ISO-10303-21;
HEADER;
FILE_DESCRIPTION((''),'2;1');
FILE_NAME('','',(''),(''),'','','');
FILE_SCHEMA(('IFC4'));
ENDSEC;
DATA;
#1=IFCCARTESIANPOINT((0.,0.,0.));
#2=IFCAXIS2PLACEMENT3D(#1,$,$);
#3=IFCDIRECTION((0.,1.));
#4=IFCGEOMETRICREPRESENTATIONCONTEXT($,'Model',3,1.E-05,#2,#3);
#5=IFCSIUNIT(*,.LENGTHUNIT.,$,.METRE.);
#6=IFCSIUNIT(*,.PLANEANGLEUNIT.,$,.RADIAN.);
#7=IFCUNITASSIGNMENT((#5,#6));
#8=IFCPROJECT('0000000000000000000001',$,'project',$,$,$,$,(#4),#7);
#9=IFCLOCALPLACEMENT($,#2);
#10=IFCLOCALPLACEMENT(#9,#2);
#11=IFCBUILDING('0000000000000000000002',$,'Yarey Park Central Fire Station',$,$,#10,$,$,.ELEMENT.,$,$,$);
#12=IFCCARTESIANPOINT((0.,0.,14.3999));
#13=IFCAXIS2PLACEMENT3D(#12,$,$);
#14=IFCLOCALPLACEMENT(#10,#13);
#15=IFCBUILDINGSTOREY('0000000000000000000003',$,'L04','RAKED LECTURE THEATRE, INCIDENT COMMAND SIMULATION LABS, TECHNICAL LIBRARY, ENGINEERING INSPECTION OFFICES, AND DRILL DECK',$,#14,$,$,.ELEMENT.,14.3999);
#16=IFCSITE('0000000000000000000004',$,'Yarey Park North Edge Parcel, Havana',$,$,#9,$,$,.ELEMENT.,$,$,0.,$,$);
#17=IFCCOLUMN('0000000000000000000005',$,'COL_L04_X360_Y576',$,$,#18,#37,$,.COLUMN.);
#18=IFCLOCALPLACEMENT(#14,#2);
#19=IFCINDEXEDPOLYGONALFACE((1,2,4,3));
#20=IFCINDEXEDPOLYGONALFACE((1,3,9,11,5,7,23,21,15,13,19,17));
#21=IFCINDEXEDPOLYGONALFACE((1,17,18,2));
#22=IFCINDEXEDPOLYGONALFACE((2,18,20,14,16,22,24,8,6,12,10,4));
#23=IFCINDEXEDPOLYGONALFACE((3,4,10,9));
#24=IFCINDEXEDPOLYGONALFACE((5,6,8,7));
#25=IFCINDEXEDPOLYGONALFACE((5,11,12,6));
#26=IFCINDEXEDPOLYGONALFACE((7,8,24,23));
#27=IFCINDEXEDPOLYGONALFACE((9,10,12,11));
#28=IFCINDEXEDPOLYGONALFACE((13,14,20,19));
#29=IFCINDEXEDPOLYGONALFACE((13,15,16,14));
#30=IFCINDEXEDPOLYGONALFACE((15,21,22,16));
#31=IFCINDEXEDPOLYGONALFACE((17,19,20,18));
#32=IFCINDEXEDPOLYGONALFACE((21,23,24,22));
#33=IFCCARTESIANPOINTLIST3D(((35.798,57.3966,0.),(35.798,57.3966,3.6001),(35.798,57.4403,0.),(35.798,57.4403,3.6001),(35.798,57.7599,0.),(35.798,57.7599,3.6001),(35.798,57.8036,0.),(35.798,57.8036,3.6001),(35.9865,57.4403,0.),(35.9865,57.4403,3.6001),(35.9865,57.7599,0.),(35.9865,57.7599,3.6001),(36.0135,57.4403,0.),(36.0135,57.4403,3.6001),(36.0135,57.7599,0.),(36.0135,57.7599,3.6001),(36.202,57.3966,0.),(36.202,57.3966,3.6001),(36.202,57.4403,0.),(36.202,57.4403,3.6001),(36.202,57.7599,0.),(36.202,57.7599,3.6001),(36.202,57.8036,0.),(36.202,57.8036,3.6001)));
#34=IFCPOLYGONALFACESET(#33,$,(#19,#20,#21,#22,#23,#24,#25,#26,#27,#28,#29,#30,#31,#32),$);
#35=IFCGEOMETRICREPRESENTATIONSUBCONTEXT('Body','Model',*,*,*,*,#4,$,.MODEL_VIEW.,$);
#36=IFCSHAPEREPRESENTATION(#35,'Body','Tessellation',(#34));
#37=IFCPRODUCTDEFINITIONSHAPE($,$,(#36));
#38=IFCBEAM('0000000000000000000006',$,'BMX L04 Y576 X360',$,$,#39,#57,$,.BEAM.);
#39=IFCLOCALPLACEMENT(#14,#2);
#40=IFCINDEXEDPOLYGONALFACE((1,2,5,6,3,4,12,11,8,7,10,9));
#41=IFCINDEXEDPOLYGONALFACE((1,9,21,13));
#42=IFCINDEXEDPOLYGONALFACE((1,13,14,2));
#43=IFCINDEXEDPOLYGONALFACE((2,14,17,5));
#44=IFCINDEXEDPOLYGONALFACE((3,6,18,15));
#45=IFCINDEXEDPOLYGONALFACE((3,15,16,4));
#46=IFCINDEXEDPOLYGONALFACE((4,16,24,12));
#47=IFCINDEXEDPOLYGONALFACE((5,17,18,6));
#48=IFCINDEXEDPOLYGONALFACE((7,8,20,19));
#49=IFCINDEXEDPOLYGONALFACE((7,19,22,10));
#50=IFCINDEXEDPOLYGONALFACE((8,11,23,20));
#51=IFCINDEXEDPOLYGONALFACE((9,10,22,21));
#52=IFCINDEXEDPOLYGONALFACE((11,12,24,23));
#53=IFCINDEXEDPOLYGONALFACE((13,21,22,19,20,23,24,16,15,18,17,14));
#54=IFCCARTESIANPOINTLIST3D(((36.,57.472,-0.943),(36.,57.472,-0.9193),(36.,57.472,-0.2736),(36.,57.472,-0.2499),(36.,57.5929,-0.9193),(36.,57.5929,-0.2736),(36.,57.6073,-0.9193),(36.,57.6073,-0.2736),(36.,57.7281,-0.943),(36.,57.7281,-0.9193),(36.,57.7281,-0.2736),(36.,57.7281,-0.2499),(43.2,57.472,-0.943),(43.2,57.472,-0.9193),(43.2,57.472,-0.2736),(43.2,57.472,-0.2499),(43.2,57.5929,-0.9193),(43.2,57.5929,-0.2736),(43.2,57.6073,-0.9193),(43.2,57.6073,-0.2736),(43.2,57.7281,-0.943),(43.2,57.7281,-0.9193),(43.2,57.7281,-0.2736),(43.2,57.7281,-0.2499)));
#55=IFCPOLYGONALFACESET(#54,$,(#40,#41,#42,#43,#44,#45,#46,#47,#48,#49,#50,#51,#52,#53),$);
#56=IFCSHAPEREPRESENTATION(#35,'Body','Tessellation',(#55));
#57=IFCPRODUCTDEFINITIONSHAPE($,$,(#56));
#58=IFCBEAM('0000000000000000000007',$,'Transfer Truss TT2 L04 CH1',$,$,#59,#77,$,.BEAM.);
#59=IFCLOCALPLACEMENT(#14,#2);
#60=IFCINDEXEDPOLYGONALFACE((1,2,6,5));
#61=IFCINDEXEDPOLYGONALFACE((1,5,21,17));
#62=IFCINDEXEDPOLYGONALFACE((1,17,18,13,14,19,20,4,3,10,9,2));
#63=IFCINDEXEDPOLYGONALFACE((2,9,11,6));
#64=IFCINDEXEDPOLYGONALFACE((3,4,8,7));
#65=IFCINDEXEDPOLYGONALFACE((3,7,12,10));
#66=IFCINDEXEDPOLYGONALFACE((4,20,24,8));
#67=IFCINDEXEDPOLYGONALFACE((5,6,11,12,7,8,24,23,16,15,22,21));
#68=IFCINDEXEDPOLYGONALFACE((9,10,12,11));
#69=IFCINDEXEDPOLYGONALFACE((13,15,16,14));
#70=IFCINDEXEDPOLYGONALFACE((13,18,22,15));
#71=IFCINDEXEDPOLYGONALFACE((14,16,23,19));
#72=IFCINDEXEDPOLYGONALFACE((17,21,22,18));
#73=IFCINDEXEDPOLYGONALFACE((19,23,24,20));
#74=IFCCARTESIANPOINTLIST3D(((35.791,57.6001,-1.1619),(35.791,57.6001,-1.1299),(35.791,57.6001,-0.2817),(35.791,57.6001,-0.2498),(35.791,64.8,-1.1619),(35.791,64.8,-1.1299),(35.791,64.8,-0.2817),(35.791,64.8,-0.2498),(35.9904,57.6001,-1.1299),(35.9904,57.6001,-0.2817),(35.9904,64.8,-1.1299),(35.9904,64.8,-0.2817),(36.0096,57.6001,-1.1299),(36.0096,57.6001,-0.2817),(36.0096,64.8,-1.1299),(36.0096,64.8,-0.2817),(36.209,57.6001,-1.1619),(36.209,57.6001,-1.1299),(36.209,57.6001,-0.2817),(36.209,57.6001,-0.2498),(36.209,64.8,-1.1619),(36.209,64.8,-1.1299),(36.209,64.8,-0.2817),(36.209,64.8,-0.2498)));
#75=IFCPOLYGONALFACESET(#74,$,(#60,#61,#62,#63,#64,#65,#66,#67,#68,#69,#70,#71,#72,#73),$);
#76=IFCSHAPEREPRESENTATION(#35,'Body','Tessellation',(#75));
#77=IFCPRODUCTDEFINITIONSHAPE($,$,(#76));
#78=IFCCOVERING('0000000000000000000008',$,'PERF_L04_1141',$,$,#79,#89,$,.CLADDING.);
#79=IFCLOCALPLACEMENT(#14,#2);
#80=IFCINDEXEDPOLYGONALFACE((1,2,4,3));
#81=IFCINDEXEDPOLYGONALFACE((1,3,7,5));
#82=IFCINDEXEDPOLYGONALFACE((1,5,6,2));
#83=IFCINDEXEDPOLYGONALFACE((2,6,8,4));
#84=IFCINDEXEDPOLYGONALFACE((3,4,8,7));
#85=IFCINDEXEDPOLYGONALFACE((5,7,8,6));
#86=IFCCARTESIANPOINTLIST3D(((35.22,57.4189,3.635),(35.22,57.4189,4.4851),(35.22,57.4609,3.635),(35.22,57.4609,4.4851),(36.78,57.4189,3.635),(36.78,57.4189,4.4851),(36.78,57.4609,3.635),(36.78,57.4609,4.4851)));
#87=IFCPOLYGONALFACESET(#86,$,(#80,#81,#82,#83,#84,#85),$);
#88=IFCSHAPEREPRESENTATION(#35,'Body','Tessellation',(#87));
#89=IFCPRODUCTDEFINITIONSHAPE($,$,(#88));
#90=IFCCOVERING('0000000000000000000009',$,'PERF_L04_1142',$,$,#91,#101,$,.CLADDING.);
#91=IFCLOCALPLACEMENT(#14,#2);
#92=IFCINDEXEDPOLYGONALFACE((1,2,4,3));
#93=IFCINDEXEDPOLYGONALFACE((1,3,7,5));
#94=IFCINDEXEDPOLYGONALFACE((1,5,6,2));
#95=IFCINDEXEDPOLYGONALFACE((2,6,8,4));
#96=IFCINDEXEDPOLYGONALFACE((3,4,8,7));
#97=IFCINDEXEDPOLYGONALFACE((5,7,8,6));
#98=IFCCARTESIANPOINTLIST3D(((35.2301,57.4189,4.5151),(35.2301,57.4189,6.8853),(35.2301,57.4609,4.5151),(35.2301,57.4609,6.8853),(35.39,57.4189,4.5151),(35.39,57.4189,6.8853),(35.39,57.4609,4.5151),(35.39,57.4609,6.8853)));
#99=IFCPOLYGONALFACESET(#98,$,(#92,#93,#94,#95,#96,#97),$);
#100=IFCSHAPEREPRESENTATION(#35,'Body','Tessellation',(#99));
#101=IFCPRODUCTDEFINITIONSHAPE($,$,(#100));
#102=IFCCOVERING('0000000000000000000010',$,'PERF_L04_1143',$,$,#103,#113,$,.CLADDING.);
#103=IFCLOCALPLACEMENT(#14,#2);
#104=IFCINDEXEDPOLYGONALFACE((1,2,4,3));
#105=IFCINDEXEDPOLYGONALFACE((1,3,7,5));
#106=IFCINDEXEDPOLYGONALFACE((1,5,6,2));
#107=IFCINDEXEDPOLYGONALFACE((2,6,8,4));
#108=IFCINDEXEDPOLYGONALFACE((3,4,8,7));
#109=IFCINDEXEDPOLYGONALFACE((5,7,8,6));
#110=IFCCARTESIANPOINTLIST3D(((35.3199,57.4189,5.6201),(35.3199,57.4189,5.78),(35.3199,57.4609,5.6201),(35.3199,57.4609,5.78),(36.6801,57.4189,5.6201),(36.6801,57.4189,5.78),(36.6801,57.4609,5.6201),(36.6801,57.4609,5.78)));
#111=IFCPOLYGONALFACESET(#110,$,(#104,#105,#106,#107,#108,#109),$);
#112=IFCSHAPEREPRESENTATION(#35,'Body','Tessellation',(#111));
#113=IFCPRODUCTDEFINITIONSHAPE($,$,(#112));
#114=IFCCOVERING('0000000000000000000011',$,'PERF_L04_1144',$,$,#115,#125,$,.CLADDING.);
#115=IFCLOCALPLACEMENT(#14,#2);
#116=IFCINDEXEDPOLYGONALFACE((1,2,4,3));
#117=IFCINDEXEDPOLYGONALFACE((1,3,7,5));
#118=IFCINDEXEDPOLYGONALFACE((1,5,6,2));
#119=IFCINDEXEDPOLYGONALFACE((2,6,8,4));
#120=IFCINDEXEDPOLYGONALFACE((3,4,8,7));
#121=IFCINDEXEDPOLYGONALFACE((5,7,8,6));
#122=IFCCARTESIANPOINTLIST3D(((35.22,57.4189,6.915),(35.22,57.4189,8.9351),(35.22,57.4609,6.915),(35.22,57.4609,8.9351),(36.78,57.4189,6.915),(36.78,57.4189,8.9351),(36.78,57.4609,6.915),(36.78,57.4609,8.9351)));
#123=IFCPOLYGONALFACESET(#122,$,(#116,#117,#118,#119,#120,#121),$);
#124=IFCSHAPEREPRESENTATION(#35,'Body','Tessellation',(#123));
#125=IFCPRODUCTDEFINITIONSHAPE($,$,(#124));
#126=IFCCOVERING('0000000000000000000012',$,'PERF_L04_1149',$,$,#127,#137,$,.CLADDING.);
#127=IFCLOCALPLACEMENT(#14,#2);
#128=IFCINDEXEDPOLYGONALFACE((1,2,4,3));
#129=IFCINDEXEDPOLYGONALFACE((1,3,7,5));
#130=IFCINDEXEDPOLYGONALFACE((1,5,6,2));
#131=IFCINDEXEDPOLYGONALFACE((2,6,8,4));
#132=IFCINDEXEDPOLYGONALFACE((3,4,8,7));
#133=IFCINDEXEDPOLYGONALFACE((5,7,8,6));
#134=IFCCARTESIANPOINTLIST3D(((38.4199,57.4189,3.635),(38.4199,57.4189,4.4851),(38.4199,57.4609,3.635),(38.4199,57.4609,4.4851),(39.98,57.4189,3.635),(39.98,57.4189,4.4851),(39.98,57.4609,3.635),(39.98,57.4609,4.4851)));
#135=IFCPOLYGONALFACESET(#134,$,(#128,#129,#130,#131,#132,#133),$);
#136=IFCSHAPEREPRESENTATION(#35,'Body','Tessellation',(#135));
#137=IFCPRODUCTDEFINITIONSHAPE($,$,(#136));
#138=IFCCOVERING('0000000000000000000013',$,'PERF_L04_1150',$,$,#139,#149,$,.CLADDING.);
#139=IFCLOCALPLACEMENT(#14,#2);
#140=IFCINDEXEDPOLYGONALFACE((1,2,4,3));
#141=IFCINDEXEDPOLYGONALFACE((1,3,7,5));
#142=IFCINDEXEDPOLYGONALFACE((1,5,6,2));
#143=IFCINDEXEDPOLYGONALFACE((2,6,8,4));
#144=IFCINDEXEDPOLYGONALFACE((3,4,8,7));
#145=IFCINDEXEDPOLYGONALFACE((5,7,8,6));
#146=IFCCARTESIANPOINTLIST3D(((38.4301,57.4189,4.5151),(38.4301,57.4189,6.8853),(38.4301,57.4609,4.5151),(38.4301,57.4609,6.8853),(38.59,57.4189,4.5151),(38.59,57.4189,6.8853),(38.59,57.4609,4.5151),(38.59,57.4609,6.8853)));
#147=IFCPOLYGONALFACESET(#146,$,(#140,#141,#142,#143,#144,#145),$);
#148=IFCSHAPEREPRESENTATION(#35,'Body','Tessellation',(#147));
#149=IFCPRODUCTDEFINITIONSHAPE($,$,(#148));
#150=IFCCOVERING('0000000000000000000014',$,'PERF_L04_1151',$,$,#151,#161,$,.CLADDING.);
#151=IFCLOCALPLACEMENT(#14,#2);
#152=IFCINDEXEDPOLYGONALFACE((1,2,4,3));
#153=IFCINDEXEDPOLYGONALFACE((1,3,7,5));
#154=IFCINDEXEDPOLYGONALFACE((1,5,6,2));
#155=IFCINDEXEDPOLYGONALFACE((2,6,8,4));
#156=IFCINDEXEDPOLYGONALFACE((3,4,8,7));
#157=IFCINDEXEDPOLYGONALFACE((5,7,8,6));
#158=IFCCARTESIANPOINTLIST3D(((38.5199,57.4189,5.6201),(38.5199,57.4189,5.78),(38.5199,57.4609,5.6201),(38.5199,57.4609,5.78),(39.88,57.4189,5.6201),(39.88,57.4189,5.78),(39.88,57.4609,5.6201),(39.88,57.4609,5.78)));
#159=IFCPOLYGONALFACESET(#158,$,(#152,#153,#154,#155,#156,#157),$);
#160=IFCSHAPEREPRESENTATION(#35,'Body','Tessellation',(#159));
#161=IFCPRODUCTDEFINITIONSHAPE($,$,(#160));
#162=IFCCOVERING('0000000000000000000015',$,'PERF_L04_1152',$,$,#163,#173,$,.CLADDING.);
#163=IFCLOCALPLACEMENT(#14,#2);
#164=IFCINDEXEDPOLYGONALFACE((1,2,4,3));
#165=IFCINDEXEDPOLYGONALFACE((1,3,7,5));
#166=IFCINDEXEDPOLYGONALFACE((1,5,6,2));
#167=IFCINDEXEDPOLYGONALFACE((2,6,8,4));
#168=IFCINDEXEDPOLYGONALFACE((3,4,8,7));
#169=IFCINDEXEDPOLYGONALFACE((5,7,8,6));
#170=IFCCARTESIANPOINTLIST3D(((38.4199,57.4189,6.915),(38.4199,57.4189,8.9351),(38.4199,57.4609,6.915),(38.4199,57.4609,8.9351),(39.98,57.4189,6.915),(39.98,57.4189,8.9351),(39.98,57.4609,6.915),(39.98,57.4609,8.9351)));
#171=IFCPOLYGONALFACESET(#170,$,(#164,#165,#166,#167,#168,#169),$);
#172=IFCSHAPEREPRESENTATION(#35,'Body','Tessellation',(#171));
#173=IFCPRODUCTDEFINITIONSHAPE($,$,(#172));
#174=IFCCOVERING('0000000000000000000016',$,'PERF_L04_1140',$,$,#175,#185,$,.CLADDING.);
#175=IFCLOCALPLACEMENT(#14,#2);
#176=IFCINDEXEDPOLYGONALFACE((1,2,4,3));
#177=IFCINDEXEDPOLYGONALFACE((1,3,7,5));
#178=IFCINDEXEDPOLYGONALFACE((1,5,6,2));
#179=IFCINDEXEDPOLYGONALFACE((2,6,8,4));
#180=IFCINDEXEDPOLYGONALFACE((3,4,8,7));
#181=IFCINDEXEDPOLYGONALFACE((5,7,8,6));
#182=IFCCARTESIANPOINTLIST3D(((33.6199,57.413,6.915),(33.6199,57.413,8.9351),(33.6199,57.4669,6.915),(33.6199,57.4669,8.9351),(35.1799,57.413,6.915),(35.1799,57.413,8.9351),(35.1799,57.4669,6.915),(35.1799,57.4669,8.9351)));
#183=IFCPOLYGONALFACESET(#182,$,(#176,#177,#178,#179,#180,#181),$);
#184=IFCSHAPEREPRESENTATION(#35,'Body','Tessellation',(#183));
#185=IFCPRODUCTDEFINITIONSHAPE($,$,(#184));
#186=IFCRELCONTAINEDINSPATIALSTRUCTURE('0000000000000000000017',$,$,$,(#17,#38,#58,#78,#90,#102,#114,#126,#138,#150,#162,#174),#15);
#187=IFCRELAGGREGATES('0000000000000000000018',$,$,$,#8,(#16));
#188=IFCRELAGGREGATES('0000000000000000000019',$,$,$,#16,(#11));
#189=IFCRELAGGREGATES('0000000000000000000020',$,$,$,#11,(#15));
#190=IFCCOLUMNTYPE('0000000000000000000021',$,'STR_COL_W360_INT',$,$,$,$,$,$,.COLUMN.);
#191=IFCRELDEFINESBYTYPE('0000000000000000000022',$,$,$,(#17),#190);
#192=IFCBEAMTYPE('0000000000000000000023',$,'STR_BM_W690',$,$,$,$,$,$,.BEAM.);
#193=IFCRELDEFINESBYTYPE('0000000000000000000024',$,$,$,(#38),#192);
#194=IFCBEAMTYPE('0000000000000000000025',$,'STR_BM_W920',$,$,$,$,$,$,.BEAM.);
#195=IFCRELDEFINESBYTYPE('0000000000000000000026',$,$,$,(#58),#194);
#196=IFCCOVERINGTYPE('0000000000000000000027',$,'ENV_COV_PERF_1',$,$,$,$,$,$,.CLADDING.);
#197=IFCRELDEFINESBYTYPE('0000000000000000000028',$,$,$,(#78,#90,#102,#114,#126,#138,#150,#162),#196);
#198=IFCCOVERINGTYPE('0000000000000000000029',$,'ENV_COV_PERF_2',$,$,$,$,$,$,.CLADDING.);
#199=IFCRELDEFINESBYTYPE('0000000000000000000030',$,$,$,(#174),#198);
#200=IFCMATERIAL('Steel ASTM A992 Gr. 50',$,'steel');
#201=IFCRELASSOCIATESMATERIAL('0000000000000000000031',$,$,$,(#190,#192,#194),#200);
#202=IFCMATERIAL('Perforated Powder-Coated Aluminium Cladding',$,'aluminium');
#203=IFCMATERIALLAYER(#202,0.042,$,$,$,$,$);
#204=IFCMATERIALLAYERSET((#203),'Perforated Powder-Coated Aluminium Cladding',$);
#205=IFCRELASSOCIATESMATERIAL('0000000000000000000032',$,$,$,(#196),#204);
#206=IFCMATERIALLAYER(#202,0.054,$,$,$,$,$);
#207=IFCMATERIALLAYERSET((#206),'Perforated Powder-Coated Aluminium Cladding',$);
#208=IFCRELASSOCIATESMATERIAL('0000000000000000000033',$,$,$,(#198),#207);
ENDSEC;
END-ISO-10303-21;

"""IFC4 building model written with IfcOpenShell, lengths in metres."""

from ifc_helpers import new_model, si_unit, direction, frame, origin, origin_2d, place, context, subcontext, project, spatial, rectangle, i_section, extrude, material, layer, layer_set, material_profile, profile_set, type_object, element, save


model = new_model("IFC4")

# Units and contexts
model_context = context("Model", 3, precision=1e-05, world=origin(), true_north=direction((0.0, 1.0)))
body_context = subcontext(model_context, "Body", "Model", "MODEL_VIEW")
ifc_project = project(units=[si_unit("LENGTHUNIT", "METRE"), si_unit("PLANEANGLEUNIT", "RADIAN")], contexts=[model_context])

# Site, building, storey
site_placement = place(None, origin())
site = spatial("IfcSite", under=ifc_project, at=site_placement, Name="Yarey Park North Edge Parcel, Havana", CompositionType="ELEMENT", RefElevation=0.0)
building_placement = place(site_placement, origin())
building = spatial("IfcBuilding", under=site, at=building_placement, Name="Yarey Park Central Fire Station", CompositionType="ELEMENT")
storey_placement = place(building_placement, frame((0.0, 0.0, 14.3999)))
storey = spatial("IfcBuildingStorey", under=building, at=storey_placement, Name="L04", Description="RAKED LECTURE THEATRE, INCIDENT COMMAND SIMULATION LABS, TECHNICAL LIBRARY, ENGINEERING INSPECTION OFFICES, AND DRILL DECK", CompositionType="ELEMENT", Elevation=14.3999)

# Column
ifc_material_1 = material(Name="Steel ASTM A992 Gr. 50", Category="steel")
ifc_material_profile_1 = material_profile(ifc_material_1, i_section(OverallWidth=0.4041, OverallDepth=0.407, WebThickness=0.0271, FlangeThickness=0.0437, at=origin_2d()), Name="W360x347")
ifc_profile_set_1 = profile_set([ifc_material_profile_1], Name="Steel ASTM A992 Gr. 50")
column_type = type_object("IfcColumnType", Name="STR_COL_W360_INT", PredefinedType="COLUMN", material=ifc_profile_set_1)
column_placement = place(storey_placement, frame((36.0, 57.6001, 0.0), z_axis=(0.0, 0.0, 1.0), x_axis=(1.0, 0.0, 0.0)))
element("IfcColumn", 1, at=column_placement, inside=storey, type_object=column_type, Name="COL_L04_X360_Y576", PredefinedType="COLUMN", context=body_context, shape_type="SweptSolid", body=[
    extrude(i_section(OverallWidth=0.4041, OverallDepth=0.407, WebThickness=0.0271, FlangeThickness=0.0437, at=origin_2d()), origin(), (0.0, 0.0, 1.0), 3.6001),
])

# Beams
ifc_material_profile_2 = material_profile(ifc_material_1, i_section(OverallWidth=0.2561, OverallDepth=0.6931, WebThickness=0.0144, FlangeThickness=0.0237, at=origin_2d()), Name="W690x170")
ifc_profile_set_2 = profile_set([ifc_material_profile_2], Name="Steel ASTM A992 Gr. 50")
beam_type_1 = type_object("IfcBeamType", Name="STR_BM_W690", PredefinedType="BEAM", material=ifc_profile_set_2)
beam_1_placement = place(storey_placement, frame((36.0, 57.6001, -0.5964), z_axis=(1.0, 0.0, 0.0), x_axis=(0.0, 1.0, 0.0)))
element("IfcBeam", 2, at=beam_1_placement, inside=storey, type_object=beam_type_1, Name="BMX L04 Y576 X360", PredefinedType="BEAM", context=body_context, shape_type="SweptSolid", body=[
    extrude(i_section(OverallWidth=0.2561, OverallDepth=0.6931, WebThickness=0.0144, FlangeThickness=0.0237, at=origin_2d()), origin(), (0.0, 0.0, 1.0), 7.2),
])
ifc_material_profile_3 = material_profile(ifc_material_1, i_section(OverallWidth=0.418, OverallDepth=0.9121, WebThickness=0.0193, FlangeThickness=0.032, at=origin_2d()), Name="W920x342")
ifc_profile_set_3 = profile_set([ifc_material_profile_3], Name="Steel ASTM A992 Gr. 50")
beam_type_2 = type_object("IfcBeamType", Name="STR_BM_W920", PredefinedType="BEAM", material=ifc_profile_set_3)
beam_2_placement = place(storey_placement, frame((36.0, 57.6001, -0.7058), z_axis=(0.0, 1.0, 0.0), x_axis=(-1.0, 0.0, 0.0)))
element("IfcBeam", 3, at=beam_2_placement, inside=storey, type_object=beam_type_2, Name="Transfer Truss TT2 L04 CH1", PredefinedType="BEAM", context=body_context, shape_type="SweptSolid", body=[
    extrude(i_section(OverallWidth=0.418, OverallDepth=0.9121, WebThickness=0.0193, FlangeThickness=0.032, at=origin_2d()), origin(), (0.0, 0.0, 1.0), 7.2),
])

# Coverings
ifc_material_2 = material(Name="Perforated Powder-Coated Aluminium Cladding", Category="aluminium")
ifc_layer_1 = layer(ifc_material_2, 0.042)
ifc_layer_set_1 = layer_set([ifc_layer_1], Name="Perforated Powder-Coated Aluminium Cladding")
covering_type_1 = type_object("IfcCoveringType", Name="ENV_COV_PERF_1", PredefinedType="CLADDING", material=ifc_layer_set_1)
covering_1_placement = place(storey_placement, frame((36.0, 57.4399, 3.635), z_axis=(0.0, 0.0, 1.0), x_axis=(1.0, 0.0, 0.0)))
element("IfcCovering", 4, at=covering_1_placement, inside=storey, type_object=covering_type_1, Name="PERF_L04_1141", PredefinedType="CLADDING", context=body_context, shape_type="SweptSolid", body=[
    extrude(rectangle(XDim=1.5601, YDim=0.042, at=origin_2d()), origin(), (0.0, 0.0, 1.0), 0.8501),
])
covering_2_placement = place(storey_placement, frame((35.3101, 57.4399, 4.5151), z_axis=(0.0, 0.0, 1.0), x_axis=(1.0, 0.0, 0.0)))
element("IfcCovering", 5, at=covering_2_placement, inside=storey, type_object=covering_type_1, Name="PERF_L04_1142", PredefinedType="CLADDING", context=body_context, shape_type="SweptSolid", body=[
    extrude(rectangle(XDim=0.1599, YDim=0.042, at=origin_2d()), origin(), (0.0, 0.0, 1.0), 2.3701),
])
covering_3_placement = place(storey_placement, frame((36.0, 57.4399, 5.6201), z_axis=(0.0, 0.0, 1.0), x_axis=(1.0, 0.0, 0.0)))
element("IfcCovering", 6, at=covering_3_placement, inside=storey, type_object=covering_type_1, Name="PERF_L04_1143", PredefinedType="CLADDING", context=body_context, shape_type="SweptSolid", body=[
    extrude(rectangle(XDim=1.3601, YDim=0.042, at=origin_2d()), origin(), (0.0, 0.0, 1.0), 0.1599),
])
covering_4_placement = place(storey_placement, frame((36.0, 57.4399, 6.915), z_axis=(0.0, 0.0, 1.0), x_axis=(1.0, 0.0, 0.0)))
element("IfcCovering", 7, at=covering_4_placement, inside=storey, type_object=covering_type_1, Name="PERF_L04_1144", PredefinedType="CLADDING", context=body_context, shape_type="SweptSolid", body=[
    extrude(rectangle(XDim=1.5601, YDim=0.042, at=origin_2d()), origin(), (0.0, 0.0, 1.0), 2.02),
])
covering_5_placement = place(storey_placement, frame((39.2, 57.4399, 3.635), z_axis=(0.0, 0.0, 1.0), x_axis=(1.0, 0.0, 0.0)))
element("IfcCovering", 8, at=covering_5_placement, inside=storey, type_object=covering_type_1, Name="PERF_L04_1149", PredefinedType="CLADDING", context=body_context, shape_type="SweptSolid", body=[
    extrude(rectangle(XDim=1.5601, YDim=0.042, at=origin_2d()), origin(), (0.0, 0.0, 1.0), 0.8501),
])
covering_6_placement = place(storey_placement, frame((38.51, 57.4399, 4.5151), z_axis=(0.0, 0.0, 1.0), x_axis=(1.0, 0.0, 0.0)))
element("IfcCovering", 9, at=covering_6_placement, inside=storey, type_object=covering_type_1, Name="PERF_L04_1150", PredefinedType="CLADDING", context=body_context, shape_type="SweptSolid", body=[
    extrude(rectangle(XDim=0.1599, YDim=0.042, at=origin_2d()), origin(), (0.0, 0.0, 1.0), 2.3701),
])
covering_7_placement = place(storey_placement, frame((39.2, 57.4399, 5.6201), z_axis=(0.0, 0.0, 1.0), x_axis=(1.0, 0.0, 0.0)))
element("IfcCovering", 10, at=covering_7_placement, inside=storey, type_object=covering_type_1, Name="PERF_L04_1151", PredefinedType="CLADDING", context=body_context, shape_type="SweptSolid", body=[
    extrude(rectangle(XDim=1.3601, YDim=0.042, at=origin_2d()), origin(), (0.0, 0.0, 1.0), 0.1599),
])
covering_8_placement = place(storey_placement, frame((39.2, 57.4399, 6.915), z_axis=(0.0, 0.0, 1.0), x_axis=(1.0, 0.0, 0.0)))
element("IfcCovering", 11, at=covering_8_placement, inside=storey, type_object=covering_type_1, Name="PERF_L04_1152", PredefinedType="CLADDING", context=body_context, shape_type="SweptSolid", body=[
    extrude(rectangle(XDim=1.5601, YDim=0.042, at=origin_2d()), origin(), (0.0, 0.0, 1.0), 2.02),
])
ifc_layer_2 = layer(ifc_material_2, 0.054)
ifc_layer_set_2 = layer_set([ifc_layer_2], Name="Perforated Powder-Coated Aluminium Cladding")
covering_type_2 = type_object("IfcCoveringType", Name="ENV_COV_PERF_2", PredefinedType="CLADDING", material=ifc_layer_set_2)
covering_9_placement = place(storey_placement, frame((34.3999, 57.4399, 6.915), z_axis=(0.0, 0.0, 1.0), x_axis=(1.0, 0.0, 0.0)))
element("IfcCovering", 12, at=covering_9_placement, inside=storey, type_object=covering_type_2, Name="PERF_L04_1140", PredefinedType="CLADDING", context=body_context, shape_type="SweptSolid", body=[
    extrude(rectangle(XDim=1.5601, YDim=0.054, at=origin_2d()), origin(), (0.0, 0.0, 1.0), 2.02),
])

save(model, "model.ifc")
